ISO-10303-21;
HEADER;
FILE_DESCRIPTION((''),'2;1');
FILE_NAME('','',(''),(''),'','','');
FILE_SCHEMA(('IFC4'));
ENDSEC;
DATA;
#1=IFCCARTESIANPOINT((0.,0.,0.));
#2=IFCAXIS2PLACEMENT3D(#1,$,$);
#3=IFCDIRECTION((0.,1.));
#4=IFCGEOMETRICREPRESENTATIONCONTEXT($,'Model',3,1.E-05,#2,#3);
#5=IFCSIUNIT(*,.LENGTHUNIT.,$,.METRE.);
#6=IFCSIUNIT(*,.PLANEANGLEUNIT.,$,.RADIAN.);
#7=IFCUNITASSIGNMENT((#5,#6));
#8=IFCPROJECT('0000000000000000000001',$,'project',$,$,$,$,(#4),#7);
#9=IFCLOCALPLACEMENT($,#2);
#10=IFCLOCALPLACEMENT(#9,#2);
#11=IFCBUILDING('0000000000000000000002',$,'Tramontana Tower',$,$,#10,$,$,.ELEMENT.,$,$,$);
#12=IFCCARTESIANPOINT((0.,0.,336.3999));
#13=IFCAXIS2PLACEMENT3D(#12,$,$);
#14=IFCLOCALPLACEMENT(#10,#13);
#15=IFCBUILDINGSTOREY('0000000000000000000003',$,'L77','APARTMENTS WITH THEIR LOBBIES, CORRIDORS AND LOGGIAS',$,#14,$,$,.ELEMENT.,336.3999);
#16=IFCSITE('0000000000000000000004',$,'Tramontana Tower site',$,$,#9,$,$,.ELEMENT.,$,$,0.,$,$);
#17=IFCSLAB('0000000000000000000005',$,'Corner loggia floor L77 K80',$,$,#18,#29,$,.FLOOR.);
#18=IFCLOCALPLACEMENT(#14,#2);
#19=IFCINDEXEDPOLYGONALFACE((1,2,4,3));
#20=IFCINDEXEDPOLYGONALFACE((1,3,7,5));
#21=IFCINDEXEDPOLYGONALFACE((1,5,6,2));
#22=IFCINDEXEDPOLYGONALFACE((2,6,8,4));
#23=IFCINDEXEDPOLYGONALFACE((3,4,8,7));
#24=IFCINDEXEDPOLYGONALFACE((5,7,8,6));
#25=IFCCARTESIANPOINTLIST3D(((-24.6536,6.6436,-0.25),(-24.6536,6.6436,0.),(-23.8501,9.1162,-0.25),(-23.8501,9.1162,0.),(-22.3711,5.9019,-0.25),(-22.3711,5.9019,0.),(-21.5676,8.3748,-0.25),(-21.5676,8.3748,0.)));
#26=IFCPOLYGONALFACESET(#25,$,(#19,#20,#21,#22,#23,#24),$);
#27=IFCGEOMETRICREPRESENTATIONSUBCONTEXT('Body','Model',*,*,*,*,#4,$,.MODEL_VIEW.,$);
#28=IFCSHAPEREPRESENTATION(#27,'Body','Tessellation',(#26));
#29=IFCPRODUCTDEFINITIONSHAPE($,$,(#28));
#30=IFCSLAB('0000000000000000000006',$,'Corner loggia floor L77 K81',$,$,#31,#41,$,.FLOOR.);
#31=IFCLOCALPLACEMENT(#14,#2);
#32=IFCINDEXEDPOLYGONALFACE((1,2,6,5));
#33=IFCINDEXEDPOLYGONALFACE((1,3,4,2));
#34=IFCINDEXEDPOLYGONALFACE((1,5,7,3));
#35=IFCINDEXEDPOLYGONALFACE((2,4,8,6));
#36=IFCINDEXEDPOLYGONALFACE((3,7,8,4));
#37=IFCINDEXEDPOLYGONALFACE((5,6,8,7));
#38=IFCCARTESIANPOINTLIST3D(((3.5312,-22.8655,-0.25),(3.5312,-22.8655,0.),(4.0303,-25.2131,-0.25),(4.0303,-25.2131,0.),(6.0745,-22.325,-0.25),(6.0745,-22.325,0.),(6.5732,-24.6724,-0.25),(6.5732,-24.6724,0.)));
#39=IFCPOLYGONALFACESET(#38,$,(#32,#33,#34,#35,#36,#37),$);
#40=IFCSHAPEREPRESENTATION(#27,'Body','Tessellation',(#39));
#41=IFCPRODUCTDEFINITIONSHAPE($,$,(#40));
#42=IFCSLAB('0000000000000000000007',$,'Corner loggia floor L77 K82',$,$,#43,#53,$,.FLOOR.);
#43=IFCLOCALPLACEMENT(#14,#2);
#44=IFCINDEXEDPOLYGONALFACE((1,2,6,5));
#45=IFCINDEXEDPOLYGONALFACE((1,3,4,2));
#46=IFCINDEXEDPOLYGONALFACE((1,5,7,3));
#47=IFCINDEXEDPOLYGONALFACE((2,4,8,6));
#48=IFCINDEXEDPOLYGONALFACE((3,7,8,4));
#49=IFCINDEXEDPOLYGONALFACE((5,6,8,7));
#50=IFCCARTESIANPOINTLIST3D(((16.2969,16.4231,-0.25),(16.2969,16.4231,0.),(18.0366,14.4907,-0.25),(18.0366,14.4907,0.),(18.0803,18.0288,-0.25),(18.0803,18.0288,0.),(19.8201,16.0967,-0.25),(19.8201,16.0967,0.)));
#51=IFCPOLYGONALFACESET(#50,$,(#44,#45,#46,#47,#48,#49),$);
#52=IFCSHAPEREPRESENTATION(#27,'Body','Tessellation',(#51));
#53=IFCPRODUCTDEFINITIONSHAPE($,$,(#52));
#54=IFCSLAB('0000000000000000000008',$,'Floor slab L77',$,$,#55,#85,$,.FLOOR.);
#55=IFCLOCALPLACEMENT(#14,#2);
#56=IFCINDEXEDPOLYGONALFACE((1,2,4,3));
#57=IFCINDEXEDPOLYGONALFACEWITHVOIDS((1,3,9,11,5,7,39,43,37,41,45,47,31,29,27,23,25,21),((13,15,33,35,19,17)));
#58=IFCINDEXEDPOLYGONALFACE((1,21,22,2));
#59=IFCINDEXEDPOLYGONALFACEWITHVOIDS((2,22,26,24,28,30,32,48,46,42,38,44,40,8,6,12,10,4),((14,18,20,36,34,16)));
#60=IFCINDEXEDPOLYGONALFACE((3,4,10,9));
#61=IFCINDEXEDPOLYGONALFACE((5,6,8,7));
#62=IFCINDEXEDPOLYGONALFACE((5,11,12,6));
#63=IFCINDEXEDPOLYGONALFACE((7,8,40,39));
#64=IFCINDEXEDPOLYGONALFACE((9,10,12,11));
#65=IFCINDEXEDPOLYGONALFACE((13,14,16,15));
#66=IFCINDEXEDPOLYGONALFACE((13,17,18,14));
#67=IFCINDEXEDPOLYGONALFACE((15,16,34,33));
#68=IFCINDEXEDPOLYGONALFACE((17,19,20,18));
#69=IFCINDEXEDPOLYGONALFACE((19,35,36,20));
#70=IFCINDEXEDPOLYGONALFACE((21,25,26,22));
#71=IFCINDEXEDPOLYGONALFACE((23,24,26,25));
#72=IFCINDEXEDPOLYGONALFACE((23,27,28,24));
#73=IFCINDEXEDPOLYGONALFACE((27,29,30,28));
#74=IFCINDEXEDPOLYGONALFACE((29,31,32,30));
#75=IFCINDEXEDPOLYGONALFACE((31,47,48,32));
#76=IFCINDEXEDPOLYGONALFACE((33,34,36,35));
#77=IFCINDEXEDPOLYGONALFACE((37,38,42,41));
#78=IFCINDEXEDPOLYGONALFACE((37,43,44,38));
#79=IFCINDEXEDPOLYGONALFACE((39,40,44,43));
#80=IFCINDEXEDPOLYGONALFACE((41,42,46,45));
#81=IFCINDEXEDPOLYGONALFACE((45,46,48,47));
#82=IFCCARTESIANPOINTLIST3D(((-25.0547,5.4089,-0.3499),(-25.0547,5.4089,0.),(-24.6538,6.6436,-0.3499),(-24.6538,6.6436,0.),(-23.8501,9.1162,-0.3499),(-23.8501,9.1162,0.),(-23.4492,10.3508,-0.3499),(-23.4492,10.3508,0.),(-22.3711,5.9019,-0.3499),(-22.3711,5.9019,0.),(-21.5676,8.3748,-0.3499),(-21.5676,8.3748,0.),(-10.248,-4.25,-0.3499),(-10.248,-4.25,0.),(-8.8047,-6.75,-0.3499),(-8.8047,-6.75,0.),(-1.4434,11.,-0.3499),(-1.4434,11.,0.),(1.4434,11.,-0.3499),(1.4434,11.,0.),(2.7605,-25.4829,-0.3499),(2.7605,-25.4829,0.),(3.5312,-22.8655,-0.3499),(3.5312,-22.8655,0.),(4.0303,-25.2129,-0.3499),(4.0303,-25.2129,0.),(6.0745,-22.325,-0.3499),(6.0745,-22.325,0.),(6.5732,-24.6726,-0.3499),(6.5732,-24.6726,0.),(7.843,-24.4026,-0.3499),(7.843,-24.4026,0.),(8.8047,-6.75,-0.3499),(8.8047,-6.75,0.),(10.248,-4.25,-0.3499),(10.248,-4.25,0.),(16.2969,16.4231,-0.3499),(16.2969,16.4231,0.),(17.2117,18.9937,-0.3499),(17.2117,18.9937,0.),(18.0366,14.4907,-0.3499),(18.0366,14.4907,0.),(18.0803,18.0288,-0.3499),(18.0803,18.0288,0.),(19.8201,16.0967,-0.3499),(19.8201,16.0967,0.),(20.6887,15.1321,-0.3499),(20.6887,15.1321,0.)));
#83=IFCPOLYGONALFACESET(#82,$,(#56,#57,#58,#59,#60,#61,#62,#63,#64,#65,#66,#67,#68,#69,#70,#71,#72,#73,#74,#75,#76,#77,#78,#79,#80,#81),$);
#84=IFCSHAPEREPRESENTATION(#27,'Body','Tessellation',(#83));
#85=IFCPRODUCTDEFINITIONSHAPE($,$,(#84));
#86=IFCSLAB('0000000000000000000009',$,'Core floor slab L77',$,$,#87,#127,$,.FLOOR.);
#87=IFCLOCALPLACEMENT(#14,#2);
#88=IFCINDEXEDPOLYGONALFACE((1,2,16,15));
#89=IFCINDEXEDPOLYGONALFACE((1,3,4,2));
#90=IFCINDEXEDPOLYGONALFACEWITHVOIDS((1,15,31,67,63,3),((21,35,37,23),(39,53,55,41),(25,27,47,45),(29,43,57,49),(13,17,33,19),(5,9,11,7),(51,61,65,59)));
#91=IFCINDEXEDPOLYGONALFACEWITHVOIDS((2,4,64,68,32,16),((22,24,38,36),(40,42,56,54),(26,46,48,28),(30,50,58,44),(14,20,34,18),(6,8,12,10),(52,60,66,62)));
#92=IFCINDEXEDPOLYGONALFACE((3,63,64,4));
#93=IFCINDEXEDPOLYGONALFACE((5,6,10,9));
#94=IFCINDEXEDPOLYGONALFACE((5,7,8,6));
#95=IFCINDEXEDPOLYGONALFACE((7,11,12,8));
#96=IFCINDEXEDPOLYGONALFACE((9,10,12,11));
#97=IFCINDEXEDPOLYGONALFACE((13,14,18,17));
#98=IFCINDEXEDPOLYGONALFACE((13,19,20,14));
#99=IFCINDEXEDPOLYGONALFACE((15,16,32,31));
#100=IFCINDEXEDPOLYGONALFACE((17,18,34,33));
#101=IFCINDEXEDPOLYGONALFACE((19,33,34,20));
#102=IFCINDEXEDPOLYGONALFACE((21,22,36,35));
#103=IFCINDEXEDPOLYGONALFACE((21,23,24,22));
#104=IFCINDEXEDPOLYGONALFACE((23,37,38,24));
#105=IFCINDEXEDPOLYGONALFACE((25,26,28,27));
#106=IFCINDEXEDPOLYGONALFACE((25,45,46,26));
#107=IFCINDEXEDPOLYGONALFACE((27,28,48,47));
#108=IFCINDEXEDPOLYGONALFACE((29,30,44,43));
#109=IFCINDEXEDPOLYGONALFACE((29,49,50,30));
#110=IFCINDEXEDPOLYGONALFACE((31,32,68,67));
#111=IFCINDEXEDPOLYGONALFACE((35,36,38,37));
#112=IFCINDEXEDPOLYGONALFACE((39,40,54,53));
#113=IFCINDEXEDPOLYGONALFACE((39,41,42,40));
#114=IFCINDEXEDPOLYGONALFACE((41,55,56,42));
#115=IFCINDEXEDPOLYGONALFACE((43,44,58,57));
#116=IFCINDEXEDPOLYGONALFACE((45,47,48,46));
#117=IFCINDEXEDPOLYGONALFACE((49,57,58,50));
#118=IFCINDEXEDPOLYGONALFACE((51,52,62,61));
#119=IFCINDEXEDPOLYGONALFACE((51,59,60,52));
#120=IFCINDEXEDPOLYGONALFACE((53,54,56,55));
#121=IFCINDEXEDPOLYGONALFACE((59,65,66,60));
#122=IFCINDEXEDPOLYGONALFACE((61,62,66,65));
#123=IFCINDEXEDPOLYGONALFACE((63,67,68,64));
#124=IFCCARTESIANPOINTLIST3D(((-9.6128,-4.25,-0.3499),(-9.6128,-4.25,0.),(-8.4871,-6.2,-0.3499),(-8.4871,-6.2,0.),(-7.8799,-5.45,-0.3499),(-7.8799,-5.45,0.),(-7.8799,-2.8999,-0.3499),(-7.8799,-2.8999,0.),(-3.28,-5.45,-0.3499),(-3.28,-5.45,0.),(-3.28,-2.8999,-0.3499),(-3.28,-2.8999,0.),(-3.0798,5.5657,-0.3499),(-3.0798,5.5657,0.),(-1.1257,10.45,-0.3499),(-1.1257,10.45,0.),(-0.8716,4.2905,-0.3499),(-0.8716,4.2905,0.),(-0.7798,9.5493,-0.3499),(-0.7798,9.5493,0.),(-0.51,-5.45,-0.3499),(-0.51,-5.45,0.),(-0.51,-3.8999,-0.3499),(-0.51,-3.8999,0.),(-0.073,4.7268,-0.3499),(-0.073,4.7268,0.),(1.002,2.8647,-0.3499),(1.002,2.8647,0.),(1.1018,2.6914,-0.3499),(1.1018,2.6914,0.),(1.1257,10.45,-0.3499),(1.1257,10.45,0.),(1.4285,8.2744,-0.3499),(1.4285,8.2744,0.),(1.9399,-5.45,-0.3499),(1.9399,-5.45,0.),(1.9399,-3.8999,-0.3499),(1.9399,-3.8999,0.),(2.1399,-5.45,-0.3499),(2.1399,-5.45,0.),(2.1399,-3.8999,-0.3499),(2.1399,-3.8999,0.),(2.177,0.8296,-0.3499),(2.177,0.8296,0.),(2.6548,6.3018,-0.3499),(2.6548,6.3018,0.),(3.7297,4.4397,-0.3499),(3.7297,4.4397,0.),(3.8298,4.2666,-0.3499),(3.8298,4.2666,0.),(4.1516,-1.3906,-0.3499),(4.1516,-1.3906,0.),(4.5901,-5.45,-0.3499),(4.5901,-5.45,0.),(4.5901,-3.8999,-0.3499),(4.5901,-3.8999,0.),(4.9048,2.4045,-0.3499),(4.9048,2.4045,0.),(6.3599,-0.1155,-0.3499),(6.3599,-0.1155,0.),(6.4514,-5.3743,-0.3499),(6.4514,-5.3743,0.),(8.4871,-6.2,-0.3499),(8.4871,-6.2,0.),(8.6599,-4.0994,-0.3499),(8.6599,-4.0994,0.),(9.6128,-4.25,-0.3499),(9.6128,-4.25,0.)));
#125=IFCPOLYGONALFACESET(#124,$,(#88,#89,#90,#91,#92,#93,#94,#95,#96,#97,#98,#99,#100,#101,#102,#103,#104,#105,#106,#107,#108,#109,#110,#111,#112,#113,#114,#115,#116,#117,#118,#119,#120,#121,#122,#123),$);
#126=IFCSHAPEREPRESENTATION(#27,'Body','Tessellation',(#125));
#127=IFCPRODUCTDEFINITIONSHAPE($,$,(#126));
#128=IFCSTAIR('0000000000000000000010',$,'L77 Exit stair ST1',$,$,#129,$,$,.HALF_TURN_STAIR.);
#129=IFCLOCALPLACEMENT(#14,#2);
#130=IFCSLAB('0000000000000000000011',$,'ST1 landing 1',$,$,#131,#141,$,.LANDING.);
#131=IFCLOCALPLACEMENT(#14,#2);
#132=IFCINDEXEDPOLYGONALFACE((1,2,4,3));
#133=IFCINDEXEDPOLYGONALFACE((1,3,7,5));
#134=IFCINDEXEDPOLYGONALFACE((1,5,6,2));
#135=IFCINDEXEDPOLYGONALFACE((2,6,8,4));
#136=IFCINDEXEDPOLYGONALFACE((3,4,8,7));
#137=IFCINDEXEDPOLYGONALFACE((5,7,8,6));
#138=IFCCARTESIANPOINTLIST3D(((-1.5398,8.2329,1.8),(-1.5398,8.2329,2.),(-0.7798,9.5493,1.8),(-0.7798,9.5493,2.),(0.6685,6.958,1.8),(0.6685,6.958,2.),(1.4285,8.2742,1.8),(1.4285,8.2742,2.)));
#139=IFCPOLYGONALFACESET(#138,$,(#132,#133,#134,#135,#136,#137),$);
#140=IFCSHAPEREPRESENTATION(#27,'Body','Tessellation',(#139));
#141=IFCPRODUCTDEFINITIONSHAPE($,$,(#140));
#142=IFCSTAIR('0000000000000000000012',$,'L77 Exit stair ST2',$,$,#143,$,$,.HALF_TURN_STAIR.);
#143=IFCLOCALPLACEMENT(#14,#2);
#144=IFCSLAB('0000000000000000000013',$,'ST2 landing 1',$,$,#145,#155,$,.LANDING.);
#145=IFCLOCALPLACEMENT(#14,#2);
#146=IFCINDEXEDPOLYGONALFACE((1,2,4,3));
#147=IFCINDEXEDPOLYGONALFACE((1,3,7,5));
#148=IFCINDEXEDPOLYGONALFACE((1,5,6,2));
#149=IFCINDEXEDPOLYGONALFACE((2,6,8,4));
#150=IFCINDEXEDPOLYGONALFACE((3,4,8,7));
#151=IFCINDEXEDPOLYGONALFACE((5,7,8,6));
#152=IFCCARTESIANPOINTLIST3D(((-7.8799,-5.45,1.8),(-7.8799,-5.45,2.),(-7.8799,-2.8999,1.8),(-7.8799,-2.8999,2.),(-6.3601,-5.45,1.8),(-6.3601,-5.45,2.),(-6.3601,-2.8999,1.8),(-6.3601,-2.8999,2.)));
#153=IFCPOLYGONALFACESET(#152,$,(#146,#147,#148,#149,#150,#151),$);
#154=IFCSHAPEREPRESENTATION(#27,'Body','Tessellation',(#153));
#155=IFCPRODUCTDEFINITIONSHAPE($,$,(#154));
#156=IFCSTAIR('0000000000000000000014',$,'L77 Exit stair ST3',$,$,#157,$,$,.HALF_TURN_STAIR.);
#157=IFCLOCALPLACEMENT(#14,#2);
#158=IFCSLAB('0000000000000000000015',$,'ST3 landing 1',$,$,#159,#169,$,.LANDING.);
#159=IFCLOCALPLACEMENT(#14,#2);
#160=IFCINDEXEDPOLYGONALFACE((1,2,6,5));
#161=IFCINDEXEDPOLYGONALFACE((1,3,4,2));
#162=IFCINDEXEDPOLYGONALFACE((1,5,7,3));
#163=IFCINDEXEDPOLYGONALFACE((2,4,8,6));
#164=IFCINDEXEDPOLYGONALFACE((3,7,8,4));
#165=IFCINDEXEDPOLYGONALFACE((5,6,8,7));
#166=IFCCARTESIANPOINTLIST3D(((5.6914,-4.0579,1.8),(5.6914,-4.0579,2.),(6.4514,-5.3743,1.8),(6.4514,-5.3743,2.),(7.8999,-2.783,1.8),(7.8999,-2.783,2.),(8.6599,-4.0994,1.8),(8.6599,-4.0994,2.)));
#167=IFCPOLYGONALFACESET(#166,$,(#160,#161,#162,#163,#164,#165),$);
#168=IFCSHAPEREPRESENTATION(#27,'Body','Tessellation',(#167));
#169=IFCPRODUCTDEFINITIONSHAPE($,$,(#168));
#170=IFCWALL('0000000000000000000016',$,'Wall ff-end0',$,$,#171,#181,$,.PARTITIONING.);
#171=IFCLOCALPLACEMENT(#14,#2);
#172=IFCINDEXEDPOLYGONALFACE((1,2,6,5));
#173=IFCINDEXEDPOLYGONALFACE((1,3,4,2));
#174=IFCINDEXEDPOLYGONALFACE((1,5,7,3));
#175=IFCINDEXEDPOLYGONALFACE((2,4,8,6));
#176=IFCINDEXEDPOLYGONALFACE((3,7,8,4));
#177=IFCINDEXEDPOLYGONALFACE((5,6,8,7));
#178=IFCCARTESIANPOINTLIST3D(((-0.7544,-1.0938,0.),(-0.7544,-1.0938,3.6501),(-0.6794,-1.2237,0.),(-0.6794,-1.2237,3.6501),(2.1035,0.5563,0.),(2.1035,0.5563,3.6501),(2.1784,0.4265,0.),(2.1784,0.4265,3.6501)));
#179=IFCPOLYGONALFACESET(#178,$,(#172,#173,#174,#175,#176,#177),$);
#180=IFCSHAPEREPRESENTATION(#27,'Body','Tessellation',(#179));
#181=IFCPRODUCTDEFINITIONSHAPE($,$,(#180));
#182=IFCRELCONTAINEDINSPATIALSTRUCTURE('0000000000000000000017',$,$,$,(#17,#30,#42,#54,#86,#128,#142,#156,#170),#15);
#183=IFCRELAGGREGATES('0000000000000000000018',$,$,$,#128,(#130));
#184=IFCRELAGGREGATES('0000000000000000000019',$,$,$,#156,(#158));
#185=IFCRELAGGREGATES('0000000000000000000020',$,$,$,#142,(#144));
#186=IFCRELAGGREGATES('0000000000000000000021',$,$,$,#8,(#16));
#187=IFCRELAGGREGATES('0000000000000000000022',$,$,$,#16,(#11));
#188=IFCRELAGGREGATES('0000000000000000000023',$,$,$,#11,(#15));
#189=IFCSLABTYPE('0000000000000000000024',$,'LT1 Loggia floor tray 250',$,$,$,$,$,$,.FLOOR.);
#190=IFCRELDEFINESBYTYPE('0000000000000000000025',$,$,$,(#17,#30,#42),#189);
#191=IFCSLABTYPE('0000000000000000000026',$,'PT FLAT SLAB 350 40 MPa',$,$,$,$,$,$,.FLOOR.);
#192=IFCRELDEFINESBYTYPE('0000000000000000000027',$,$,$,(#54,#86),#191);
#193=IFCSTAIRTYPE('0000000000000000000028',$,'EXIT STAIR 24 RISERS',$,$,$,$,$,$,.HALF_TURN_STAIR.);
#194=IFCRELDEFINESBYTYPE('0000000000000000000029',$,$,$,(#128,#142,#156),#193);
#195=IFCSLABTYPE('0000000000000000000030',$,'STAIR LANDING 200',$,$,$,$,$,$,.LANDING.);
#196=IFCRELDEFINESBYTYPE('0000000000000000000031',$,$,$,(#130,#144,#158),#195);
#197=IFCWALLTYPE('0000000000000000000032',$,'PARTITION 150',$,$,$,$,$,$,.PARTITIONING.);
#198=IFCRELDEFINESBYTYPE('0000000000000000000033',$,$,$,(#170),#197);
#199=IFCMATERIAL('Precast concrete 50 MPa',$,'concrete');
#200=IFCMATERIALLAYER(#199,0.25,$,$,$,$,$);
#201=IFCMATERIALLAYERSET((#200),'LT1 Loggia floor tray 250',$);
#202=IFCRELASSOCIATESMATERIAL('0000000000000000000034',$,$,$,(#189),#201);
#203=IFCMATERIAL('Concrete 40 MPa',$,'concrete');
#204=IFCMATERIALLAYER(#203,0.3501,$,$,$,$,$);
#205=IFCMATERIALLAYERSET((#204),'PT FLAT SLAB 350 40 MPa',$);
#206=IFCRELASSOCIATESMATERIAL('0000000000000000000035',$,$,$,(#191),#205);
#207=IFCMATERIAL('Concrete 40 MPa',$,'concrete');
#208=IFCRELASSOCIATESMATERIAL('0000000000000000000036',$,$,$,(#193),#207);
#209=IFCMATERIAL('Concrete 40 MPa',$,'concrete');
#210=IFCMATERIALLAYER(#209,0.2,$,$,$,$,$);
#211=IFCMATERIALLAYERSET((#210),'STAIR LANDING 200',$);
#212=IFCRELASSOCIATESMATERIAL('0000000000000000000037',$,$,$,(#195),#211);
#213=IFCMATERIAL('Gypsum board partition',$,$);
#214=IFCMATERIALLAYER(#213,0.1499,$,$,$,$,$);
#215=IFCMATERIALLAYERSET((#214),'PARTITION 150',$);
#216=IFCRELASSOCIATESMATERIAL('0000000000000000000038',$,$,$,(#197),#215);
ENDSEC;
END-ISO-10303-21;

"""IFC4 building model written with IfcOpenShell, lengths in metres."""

from ifc_helpers import new_model, si_unit, direction, frame, frame_2d, origin, place, context, subcontext, project, spatial, polyline, rectangle, outline, extrude, material, layer, layer_set, type_object, element, aggregate, save


model = new_model("IFC4")

# Units and contexts
model_context = context("Model", 3, precision=1e-05, world=origin(), true_north=direction((0.0, 1.0)))
body_context = subcontext(model_context, "Body", "Model", "MODEL_VIEW")
ifc_project = project(units=[si_unit("LENGTHUNIT", "METRE"), si_unit("PLANEANGLEUNIT", "RADIAN")], contexts=[model_context])

# Site, building, storey
site_placement = place(None, origin())
site = spatial("IfcSite", under=ifc_project, at=site_placement, Name="Tramontana Tower site", CompositionType="ELEMENT", RefElevation=0.0)
building_placement = place(site_placement, origin())
building = spatial("IfcBuilding", under=site, at=building_placement, Name="Tramontana Tower", CompositionType="ELEMENT")
storey_placement = place(building_placement, frame((0.0, 0.0, 336.3999)))
storey = spatial("IfcBuildingStorey", under=building, at=storey_placement, Name="L77", Description="APARTMENTS WITH THEIR LOBBIES, CORRIDORS AND LOGGIAS", CompositionType="ELEMENT", Elevation=336.3999)

# Slabs
ifc_material_1 = material(Name="Precast concrete 50 MPa", Category="concrete")
ifc_layer_1 = layer(ifc_material_1, 0.25)
ifc_layer_set_1 = layer_set([ifc_layer_1], Name="LT1 Loggia floor tray 250")
slab_type_1 = type_object("IfcSlabType", Name="LT1 Loggia floor tray 250", PredefinedType="FLOOR", material=ifc_layer_set_1)
slab_1_placement = place(storey_placement, frame((0.0, 0.0, -0.25)))
element("IfcSlab", 1, at=slab_1_placement, inside=storey, type_object=slab_type_1, Name="Corner loggia floor L77 K80", PredefinedType="FLOOR", context=body_context, shape_type="SweptSolid", body=[
    extrude(outline(polyline([(-23.8501, 9.1162), (-21.5676, 8.3748), (-22.3711, 5.9019), (-24.6536, 6.6436), (-23.8501, 9.1162)])), origin(), (0.0, 0.0, 1.0), 0.25),
])
slab_2_placement = place(storey_placement, frame((0.0, 0.0, -0.25)))
element("IfcSlab", 2, at=slab_2_placement, inside=storey, type_object=slab_type_1, Name="Corner loggia floor L77 K81", PredefinedType="FLOOR", context=body_context, shape_type="SweptSolid", body=[
    extrude(outline(polyline([(4.0303, -25.2131), (3.5312, -22.8655), (6.0745, -22.325), (6.5732, -24.6724), (4.0303, -25.2131)])), origin(), (0.0, 0.0, 1.0), 0.25),
])
slab_3_placement = place(storey_placement, frame((0.0, 0.0, -0.25)))
element("IfcSlab", 3, at=slab_3_placement, inside=storey, type_object=slab_type_1, Name="Corner loggia floor L77 K82", PredefinedType="FLOOR", context=body_context, shape_type="SweptSolid", body=[
    extrude(outline(polyline([(19.8201, 16.0967), (18.0366, 14.4907), (16.2969, 16.4231), (18.0803, 18.0288), (19.8201, 16.0967)])), origin(), (0.0, 0.0, 1.0), 0.25),
])
ifc_material_2 = material(Name="Concrete 40 MPa", Category="concrete")
ifc_layer_2 = layer(ifc_material_2, 0.3501)
ifc_layer_set_2 = layer_set([ifc_layer_2], Name="PT FLAT SLAB 350 40 MPa")
slab_type_2 = type_object("IfcSlabType", Name="PT FLAT SLAB 350 40 MPa", PredefinedType="FLOOR", material=ifc_layer_set_2)
slab_4_placement = place(storey_placement, frame((0.0, 0.0, -0.3499)))
element("IfcSlab", 4, at=slab_4_placement, inside=storey, type_object=slab_type_2, Name="Floor slab L77", PredefinedType="FLOOR", context=body_context, shape_type="SweptSolid", body=[
    extrude(outline(polyline([(18.0803, 18.0288), (16.2969, 16.4231), (18.0366, 14.4907), (19.8201, 16.0967), (20.6887, 15.1321), (7.843, -24.4026), (6.5732, -24.6726), (6.0745, -22.325), (3.5312, -22.8655), (4.0303, -25.2129), (2.7605, -25.4829), (-25.0547, 5.4089), (-24.6538, 6.6436), (-22.3711, 5.9019), (-21.5676, 8.3748), (-23.8501, 9.1162), (-23.4492, 10.3508), (17.2117, 18.9937), (18.0803, 18.0288)]), holes=[polyline([(-10.248, -4.25), (-8.8047, -6.75), (8.8047, -6.75), (10.248, -4.25), (1.4434, 11.0), (-1.4434, 11.0), (-10.248, -4.25)])]), origin(), (0.0, 0.0, 1.0), 0.3499),
])
slab_5_placement = place(storey_placement, frame((0.0, 0.0, -0.3499)))
element("IfcSlab", 5, at=slab_5_placement, inside=storey, type_object=slab_type_2, Name="Core floor slab L77", PredefinedType="FLOOR", context=body_context, shape_type="SweptSolid", body=[
    extrude(outline(polyline([(9.6128, -4.25), (8.4871, -6.2), (-8.4871, -6.2), (-9.6128, -4.25), (-1.1257, 10.45), (1.1257, 10.45), (9.6128, -4.25)]), holes=[polyline([(8.6599, -4.0994), (6.3599, -0.1155), (4.1516, -1.3906), (6.4514, -5.3743), (8.6599, -4.0994)]), polyline([(3.8298, 4.2666), (1.1018, 2.6914), (2.177, 0.8296), (4.9048, 2.4045), (3.8298, 4.2666)]), polyline([(4.5901, -3.8999), (2.1399, -3.8999), (2.1399, -5.45), (4.5901, -5.45), (4.5901, -3.8999)]), polyline([(2.6548, 6.3018), (-0.073, 4.7268), (1.002, 2.8647), (3.7297, 4.4397), (2.6548, 6.3018)]), polyline([(1.9399, -5.45), (1.9399, -3.8999), (-0.51, -3.8999), (-0.51, -5.45), (1.9399, -5.45)]), polyline([(-0.7798, 9.5493), (-3.0798, 5.5657), (-0.8716, 4.2905), (1.4285, 8.2744), (-0.7798, 9.5493)]), polyline([(-7.8799, -5.45), (-3.28, -5.45), (-3.28, -2.8999), (-7.8799, -2.8999), (-7.8799, -5.45)])]), origin(), (0.0, 0.0, 1.0), 0.3499),
])

# Stairs, slabs
ifc_material_3 = material(Name="Concrete 40 MPa", Category="concrete")
stair_type = type_object("IfcStairType", Name="EXIT STAIR 24 RISERS", PredefinedType="HALF_TURN_STAIR", material=ifc_material_3)
stair_1_placement = place(storey_placement, origin())
stair_1 = element("IfcStair", 6, at=stair_1_placement, inside=storey, type_object=stair_type, Name="L77 Exit stair ST1", PredefinedType="HALF_TURN_STAIR")
ifc_material_4 = material(Name="Concrete 40 MPa", Category="concrete")
ifc_layer_3 = layer(ifc_material_4, 0.2)
ifc_layer_set_3 = layer_set([ifc_layer_3], Name="STAIR LANDING 200")
slab_type_3 = type_object("IfcSlabType", Name="STAIR LANDING 200", PredefinedType="LANDING", material=ifc_layer_set_3)
slab_6_placement = place(storey_placement, frame((0.0, 0.0, 1.8)))
slab_6 = element("IfcSlab", 7, at=slab_6_placement, type_object=slab_type_3, Name="ST1 landing 1", PredefinedType="LANDING", context=body_context, shape_type="SweptSolid", body=[
    extrude(outline(polyline([(0.6685, 6.958), (1.4285, 8.2742), (-0.7798, 9.5493), (-1.5398, 8.2329), (0.6685, 6.958)])), origin(), (0.0, 0.0, 1.0), 0.2),
])
aggregate(stair_1, [slab_6])
stair_2_placement = place(storey_placement, origin())
stair_2 = element("IfcStair", 8, at=stair_2_placement, inside=storey, type_object=stair_type, Name="L77 Exit stair ST2", PredefinedType="HALF_TURN_STAIR")
slab_7_placement = place(storey_placement, frame((0.0, 0.0, 1.8)))
slab_7 = element("IfcSlab", 9, at=slab_7_placement, type_object=slab_type_3, Name="ST2 landing 1", PredefinedType="LANDING", context=body_context, shape_type="SweptSolid", body=[
    extrude(outline(polyline([(-6.3601, -2.8999), (-7.8799, -2.8999), (-7.8799, -5.45), (-6.3601, -5.45), (-6.3601, -2.8999)])), origin(), (0.0, 0.0, 1.0), 0.2),
])
stair_3_placement = place(storey_placement, origin())
stair_3 = element("IfcStair", 10, at=stair_3_placement, inside=storey, type_object=stair_type, Name="L77 Exit stair ST3", PredefinedType="HALF_TURN_STAIR")
slab_8_placement = place(storey_placement, frame((0.0, 0.0, 1.8)))
slab_8 = element("IfcSlab", 11, at=slab_8_placement, type_object=slab_type_3, Name="ST3 landing 1", PredefinedType="LANDING", context=body_context, shape_type="SweptSolid", body=[
    extrude(outline(polyline([(5.6914, -4.0579), (6.4514, -5.3743), (8.6599, -4.0994), (7.8999, -2.783), (5.6914, -4.0579)])), origin(), (0.0, 0.0, 1.0), 0.2),
])
aggregate(stair_3, [slab_8])

# Shared definitions
ifc_material_5 = material(Name="Gypsum board partition")
ifc_layer_4 = layer(ifc_material_5, 0.1499)
ifc_layer_set_4 = layer_set([ifc_layer_4], Name="PARTITION 150")
wall_type_1 = type_object("IfcWallType", Name="PARTITION 150", PredefinedType="PARTITIONING", material=ifc_layer_set_4)

# Wall
wall_1_placement = place(storey_placement, frame((-0.7168, -1.1587, 0.0), z_axis=(0.0, 0.0, 1.0), x_axis=(0.866008, 0.50003, 0.0)))
element("IfcWall", 12, at=wall_1_placement, inside=storey, type_object=wall_type_1, Name="Wall ff-end0", PredefinedType="PARTITIONING", context=body_context, shape_type="SweptSolid", body=[
    extrude(rectangle(XDim=3.3, YDim=0.1499, at=frame_2d((1.6499, 0.0))), origin(), (0.0, 0.0, 1.0), 3.6501),
])

aggregate(stair_2, [slab_7])

save(model, "model.ifc")
